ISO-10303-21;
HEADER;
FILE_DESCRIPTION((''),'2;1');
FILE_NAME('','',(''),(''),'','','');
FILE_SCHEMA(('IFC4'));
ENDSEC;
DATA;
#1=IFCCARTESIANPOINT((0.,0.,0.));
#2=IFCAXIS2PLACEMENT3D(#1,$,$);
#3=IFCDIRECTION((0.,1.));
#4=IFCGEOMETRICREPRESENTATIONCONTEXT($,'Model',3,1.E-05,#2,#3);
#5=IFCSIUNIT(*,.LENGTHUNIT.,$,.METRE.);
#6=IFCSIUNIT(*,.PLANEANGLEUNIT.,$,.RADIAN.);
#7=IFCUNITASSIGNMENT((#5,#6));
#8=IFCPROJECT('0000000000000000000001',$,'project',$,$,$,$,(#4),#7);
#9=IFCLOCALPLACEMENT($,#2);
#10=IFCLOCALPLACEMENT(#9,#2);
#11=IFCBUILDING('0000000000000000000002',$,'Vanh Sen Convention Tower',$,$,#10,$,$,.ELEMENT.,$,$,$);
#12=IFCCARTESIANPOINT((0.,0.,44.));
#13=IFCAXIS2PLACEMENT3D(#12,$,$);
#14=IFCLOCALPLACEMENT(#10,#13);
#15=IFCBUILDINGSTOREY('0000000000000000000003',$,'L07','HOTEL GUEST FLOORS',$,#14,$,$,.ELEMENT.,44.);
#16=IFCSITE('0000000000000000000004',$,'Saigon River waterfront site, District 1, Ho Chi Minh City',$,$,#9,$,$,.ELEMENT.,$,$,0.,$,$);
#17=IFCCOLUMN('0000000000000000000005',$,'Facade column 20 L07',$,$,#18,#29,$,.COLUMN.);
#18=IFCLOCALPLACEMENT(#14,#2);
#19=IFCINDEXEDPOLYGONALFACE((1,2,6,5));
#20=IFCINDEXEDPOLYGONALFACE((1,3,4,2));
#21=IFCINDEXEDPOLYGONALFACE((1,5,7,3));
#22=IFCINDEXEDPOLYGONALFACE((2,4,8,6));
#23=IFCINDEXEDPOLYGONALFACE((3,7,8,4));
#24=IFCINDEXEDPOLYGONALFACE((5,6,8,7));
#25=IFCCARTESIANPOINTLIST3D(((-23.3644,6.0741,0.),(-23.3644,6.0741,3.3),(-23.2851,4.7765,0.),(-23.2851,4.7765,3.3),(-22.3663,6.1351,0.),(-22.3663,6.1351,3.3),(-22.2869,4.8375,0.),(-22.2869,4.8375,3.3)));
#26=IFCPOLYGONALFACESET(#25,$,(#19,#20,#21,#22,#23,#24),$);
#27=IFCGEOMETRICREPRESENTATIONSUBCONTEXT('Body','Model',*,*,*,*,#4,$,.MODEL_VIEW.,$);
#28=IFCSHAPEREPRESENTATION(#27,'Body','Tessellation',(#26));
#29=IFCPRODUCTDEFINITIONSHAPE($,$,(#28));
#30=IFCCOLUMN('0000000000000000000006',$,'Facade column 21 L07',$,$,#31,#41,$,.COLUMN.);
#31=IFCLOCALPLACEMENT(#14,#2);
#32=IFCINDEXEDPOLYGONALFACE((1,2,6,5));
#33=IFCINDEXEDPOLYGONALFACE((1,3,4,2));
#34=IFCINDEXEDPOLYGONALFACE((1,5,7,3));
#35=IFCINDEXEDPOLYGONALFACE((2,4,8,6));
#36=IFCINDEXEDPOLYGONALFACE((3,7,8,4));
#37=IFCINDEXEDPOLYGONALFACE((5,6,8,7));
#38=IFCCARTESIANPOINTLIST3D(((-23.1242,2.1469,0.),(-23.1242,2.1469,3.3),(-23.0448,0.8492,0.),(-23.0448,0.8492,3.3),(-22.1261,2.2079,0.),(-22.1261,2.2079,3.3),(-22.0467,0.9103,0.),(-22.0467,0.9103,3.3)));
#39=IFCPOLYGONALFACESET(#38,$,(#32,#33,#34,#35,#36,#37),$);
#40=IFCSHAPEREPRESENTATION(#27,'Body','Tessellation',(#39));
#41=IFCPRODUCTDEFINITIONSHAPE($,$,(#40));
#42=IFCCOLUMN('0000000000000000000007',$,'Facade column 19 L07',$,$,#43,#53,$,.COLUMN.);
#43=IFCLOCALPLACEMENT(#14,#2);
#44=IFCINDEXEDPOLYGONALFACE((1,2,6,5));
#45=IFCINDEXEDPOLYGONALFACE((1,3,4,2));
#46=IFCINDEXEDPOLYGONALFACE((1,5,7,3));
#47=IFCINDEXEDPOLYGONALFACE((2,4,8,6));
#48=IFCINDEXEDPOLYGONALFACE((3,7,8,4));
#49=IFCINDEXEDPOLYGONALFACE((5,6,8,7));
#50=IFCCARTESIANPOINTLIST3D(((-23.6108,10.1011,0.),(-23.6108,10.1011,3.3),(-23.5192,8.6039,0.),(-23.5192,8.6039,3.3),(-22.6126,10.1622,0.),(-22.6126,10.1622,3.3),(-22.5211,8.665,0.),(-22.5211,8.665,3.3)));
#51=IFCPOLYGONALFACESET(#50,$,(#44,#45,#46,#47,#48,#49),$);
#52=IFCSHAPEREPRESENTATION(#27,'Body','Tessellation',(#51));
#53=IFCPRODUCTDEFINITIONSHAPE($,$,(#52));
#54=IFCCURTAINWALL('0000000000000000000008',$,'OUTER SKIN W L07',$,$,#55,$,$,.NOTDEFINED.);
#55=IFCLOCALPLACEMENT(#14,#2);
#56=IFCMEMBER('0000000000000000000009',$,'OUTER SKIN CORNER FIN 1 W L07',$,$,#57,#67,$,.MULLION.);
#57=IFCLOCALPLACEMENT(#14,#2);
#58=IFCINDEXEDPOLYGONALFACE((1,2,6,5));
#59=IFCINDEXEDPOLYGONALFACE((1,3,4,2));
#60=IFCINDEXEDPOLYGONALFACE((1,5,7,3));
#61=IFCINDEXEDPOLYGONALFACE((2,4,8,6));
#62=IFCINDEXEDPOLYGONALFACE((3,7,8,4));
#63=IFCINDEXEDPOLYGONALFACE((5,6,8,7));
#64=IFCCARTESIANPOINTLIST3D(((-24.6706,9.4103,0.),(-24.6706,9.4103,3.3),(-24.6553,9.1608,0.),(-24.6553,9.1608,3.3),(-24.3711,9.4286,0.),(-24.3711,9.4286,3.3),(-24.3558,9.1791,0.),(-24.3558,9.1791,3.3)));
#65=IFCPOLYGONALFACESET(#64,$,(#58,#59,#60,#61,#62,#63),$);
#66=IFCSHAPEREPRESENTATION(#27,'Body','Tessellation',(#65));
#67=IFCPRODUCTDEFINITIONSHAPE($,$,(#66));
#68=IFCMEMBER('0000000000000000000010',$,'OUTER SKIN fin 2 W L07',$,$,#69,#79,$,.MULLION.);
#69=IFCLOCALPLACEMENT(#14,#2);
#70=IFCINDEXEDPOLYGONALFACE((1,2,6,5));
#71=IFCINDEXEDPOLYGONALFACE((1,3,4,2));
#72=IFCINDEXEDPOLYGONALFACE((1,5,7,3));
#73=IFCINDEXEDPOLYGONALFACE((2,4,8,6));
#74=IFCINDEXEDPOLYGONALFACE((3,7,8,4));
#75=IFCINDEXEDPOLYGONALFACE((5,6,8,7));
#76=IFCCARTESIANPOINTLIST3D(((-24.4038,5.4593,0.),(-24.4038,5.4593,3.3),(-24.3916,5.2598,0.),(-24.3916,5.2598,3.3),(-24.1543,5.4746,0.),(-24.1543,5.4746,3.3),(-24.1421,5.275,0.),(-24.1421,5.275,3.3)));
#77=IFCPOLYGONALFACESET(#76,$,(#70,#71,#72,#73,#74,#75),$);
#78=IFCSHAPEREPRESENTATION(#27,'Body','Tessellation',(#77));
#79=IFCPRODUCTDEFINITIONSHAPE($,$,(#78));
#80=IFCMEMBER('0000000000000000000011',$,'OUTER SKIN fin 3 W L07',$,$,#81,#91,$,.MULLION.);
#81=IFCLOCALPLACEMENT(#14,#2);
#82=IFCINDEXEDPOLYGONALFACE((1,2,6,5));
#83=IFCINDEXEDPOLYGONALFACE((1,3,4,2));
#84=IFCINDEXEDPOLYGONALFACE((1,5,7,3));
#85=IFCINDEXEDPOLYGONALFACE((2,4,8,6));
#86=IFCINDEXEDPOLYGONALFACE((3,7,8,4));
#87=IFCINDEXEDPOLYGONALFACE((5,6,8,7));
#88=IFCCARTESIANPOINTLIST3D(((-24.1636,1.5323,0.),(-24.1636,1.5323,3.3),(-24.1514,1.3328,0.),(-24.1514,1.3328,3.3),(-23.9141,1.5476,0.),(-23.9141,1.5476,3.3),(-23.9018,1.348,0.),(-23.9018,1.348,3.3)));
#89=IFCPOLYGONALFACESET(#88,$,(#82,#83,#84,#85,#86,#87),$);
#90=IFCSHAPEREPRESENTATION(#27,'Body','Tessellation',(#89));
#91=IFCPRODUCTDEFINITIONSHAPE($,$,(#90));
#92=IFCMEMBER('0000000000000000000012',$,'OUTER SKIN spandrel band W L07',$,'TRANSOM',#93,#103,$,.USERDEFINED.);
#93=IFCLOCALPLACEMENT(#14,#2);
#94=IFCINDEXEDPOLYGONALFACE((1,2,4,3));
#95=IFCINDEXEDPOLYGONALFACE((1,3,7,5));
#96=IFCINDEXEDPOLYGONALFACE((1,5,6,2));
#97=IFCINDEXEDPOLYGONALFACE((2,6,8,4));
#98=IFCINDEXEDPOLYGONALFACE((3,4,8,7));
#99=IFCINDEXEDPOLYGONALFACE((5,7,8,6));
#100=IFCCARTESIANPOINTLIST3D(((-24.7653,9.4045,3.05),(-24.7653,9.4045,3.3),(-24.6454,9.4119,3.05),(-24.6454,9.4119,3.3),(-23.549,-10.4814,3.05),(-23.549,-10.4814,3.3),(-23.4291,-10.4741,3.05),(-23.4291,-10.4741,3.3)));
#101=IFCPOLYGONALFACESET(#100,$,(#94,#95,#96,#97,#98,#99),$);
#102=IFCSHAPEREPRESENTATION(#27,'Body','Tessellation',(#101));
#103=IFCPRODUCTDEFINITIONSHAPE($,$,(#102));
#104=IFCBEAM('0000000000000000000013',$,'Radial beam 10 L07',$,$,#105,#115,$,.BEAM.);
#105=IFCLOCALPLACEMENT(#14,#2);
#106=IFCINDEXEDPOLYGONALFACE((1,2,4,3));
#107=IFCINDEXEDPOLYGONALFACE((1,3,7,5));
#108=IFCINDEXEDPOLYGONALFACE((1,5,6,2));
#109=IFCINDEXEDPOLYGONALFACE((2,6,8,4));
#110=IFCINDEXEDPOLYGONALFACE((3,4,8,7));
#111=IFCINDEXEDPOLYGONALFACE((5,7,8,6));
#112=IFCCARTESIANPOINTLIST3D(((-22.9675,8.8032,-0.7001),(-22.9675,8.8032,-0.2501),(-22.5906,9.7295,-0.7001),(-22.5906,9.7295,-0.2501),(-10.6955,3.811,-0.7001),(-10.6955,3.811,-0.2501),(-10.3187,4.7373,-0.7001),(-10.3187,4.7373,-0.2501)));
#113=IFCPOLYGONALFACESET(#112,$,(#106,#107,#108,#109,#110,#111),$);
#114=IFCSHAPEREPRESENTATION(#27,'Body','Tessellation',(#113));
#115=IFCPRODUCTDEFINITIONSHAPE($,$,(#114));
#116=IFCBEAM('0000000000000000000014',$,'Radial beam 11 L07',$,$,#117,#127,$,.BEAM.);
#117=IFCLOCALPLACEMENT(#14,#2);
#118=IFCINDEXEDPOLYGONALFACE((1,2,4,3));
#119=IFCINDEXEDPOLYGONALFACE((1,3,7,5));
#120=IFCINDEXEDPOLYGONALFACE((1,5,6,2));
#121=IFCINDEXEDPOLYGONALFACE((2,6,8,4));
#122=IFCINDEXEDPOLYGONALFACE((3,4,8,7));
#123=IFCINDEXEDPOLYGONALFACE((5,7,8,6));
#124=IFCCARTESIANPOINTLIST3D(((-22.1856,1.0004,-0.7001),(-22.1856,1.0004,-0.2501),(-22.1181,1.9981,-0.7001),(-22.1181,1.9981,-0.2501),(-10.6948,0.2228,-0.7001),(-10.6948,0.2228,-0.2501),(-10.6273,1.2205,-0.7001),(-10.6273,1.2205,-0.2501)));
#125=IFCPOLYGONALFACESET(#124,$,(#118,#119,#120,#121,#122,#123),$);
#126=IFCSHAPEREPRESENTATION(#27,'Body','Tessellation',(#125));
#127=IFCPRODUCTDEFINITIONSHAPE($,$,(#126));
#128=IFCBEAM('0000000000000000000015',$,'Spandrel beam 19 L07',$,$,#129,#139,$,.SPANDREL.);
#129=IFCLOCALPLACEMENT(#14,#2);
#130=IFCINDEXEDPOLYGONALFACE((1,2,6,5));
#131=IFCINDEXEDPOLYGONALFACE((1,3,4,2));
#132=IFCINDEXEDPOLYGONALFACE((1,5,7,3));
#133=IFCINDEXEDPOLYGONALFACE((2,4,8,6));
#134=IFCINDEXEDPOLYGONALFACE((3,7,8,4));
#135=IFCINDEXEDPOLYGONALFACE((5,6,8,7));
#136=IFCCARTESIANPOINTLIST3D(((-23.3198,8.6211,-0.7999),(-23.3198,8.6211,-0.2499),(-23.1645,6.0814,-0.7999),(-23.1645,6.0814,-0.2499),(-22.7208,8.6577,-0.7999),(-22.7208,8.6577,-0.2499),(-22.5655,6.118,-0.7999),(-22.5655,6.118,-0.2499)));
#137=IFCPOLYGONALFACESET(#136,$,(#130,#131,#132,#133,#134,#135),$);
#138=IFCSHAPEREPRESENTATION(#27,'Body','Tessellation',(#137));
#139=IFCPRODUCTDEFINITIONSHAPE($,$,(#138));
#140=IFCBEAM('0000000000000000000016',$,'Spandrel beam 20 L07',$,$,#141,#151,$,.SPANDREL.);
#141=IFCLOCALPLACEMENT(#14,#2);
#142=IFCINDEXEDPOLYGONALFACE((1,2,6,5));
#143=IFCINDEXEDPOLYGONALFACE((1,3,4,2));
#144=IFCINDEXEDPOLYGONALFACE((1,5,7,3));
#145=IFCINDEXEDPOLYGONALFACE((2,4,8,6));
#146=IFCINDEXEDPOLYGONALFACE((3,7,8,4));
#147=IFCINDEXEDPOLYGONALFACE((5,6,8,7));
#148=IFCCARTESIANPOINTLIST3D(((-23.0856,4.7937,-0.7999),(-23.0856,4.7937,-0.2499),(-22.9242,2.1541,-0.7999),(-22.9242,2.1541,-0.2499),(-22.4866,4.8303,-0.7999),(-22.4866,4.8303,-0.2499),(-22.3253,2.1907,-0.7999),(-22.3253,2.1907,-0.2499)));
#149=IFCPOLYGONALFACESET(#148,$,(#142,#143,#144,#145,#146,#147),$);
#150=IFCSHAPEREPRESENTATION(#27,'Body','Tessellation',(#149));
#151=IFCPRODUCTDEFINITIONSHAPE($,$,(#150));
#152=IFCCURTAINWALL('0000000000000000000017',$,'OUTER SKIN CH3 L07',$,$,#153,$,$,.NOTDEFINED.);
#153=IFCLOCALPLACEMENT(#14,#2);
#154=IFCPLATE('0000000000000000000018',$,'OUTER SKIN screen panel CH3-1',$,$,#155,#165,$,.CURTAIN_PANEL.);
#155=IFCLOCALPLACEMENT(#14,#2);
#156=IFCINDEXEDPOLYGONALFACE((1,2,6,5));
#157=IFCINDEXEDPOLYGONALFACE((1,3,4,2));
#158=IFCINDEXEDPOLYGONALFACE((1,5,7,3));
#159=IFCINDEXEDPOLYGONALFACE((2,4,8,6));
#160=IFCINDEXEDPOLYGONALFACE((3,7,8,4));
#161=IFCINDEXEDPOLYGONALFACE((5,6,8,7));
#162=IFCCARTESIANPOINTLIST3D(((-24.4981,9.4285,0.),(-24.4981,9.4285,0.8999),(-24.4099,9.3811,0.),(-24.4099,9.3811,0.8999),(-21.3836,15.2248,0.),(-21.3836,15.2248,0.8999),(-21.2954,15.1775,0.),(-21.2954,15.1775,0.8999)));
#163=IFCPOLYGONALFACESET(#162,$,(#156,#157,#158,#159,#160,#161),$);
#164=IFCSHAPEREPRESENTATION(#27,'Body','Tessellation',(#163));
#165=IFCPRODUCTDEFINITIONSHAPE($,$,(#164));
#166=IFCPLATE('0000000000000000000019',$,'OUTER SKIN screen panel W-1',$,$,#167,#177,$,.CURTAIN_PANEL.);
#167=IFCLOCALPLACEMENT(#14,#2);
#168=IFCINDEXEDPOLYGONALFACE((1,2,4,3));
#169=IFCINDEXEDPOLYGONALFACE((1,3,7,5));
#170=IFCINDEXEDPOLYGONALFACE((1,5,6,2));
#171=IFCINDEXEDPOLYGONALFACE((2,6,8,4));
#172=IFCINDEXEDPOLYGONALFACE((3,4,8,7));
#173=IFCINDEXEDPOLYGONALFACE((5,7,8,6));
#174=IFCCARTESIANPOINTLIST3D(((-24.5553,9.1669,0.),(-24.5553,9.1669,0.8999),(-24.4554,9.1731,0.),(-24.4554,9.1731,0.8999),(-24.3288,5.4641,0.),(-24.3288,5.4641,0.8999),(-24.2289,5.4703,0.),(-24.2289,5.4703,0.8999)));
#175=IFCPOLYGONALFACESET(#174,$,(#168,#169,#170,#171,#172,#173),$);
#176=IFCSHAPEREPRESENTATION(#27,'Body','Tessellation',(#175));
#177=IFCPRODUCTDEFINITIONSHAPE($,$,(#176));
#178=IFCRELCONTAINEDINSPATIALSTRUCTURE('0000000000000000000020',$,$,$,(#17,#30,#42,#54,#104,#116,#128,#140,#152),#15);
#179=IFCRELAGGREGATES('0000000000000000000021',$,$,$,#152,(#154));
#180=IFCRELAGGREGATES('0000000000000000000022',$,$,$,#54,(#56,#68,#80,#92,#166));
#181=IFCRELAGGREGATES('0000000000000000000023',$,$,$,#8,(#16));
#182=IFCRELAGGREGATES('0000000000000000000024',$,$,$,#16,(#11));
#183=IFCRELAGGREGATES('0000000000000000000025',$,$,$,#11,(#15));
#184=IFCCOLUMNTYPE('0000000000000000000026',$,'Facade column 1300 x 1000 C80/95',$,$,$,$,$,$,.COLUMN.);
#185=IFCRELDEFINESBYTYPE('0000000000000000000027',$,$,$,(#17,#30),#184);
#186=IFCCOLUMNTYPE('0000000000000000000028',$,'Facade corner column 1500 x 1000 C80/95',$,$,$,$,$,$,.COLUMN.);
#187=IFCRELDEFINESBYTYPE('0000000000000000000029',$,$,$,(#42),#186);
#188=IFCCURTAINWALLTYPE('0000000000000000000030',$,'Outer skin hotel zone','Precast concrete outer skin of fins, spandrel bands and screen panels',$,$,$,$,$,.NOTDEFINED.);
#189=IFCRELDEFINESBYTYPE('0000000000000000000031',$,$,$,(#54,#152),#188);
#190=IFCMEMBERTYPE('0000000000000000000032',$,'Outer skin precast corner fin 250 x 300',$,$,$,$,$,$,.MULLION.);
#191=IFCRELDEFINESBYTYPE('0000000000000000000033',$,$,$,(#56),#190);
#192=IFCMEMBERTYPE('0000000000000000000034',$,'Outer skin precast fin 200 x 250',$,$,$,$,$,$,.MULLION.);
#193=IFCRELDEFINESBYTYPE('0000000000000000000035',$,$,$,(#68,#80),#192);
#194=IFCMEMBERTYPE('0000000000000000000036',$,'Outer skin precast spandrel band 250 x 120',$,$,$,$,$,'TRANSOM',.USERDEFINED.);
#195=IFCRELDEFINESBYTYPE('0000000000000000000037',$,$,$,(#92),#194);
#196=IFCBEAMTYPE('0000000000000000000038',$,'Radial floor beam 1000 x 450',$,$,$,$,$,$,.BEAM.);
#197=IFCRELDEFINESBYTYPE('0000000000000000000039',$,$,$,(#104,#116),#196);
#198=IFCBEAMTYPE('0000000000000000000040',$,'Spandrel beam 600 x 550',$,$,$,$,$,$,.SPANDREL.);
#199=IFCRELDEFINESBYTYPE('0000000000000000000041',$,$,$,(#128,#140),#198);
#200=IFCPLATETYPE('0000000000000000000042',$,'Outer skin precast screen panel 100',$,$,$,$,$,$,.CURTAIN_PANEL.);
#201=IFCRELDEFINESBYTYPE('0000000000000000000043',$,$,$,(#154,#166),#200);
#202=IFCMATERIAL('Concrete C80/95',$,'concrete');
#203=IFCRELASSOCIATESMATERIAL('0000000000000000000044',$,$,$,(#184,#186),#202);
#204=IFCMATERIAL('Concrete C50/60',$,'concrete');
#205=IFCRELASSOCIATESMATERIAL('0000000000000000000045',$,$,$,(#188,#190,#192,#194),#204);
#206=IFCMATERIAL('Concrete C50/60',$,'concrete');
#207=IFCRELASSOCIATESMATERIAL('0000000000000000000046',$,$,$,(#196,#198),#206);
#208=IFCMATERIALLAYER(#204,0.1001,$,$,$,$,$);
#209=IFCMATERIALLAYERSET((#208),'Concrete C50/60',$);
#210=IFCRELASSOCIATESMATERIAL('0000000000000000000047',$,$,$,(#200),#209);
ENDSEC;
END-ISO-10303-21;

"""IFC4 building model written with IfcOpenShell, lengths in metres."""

from ifc_helpers import new_model, si_unit, direction, frame, origin, origin_2d, place, context, subcontext, project, spatial, rectangle, extrude, material, layer, layer_set, material_profile, profile_set, type_object, element, aggregate, save


model = new_model("IFC4")

# Units and contexts
model_context = context("Model", 3, precision=1e-05, world=origin(), true_north=direction((0.0, 1.0)))
body_context = subcontext(model_context, "Body", "Model", "MODEL_VIEW")
ifc_project = project(units=[si_unit("LENGTHUNIT", "METRE"), si_unit("PLANEANGLEUNIT", "RADIAN")], contexts=[model_context])

# Site, building, storey
site_placement = place(None, origin())
site = spatial("IfcSite", under=ifc_project, at=site_placement, Name="Saigon River waterfront site, District 1, Ho Chi Minh City", CompositionType="ELEMENT", RefElevation=0.0)
building_placement = place(site_placement, origin())
building = spatial("IfcBuilding", under=site, at=building_placement, Name="Vanh Sen Convention Tower", CompositionType="ELEMENT")
storey_placement = place(building_placement, frame((0.0, 0.0, 44.0)))
storey = spatial("IfcBuildingStorey", under=building, at=storey_placement, Name="L07", Description="HOTEL GUEST FLOORS", CompositionType="ELEMENT", Elevation=44.0)

# Columns
ifc_material_1 = material(Name="Concrete C80/95", Category="concrete")
ifc_material_profile_1 = material_profile(ifc_material_1, rectangle(XDim=1.3, YDim=1.0, at=origin_2d()), Name="RC 1300X1000")
ifc_profile_set_1 = profile_set([ifc_material_profile_1], Name="Concrete C80/95")
column_type_1 = type_object("IfcColumnType", Name="Facade column 1300 x 1000 C80/95", PredefinedType="COLUMN", material=ifc_profile_set_1)
for number, where, z_axis, x_axis, name in (
    (1, (-22.8257, 5.4558, 0.0), (0.0, 0.0, 1.0), (0.061049, -0.998135, 0.0), "Facade column 20 L07"),
    (2, (-22.5854, 1.5286, 0.0), (0.0, 0.0, 1.0), (0.061049, -0.998135, 0.0), "Facade column 21 L07"),
):
    element("IfcColumn", number, at=place(storey_placement, frame(where, z_axis=z_axis, x_axis=x_axis)), inside=storey, type_object=column_type_1, Name=name, PredefinedType="COLUMN", context=body_context, shape_type="SweptSolid", body=[
        extrude(rectangle(XDim=1.3, YDim=1.0, at=origin_2d()), origin(), (0.0, 0.0, 1.0), 3.3),
    ])
ifc_material_profile_2 = material_profile(ifc_material_1, rectangle(XDim=1.5, YDim=1.0, at=origin_2d()), Name="RC 1500X1000")
ifc_profile_set_2 = profile_set([ifc_material_profile_2], Name="Concrete C80/95")
column_type_2 = type_object("IfcColumnType", Name="Facade corner column 1500 x 1000 C80/95", PredefinedType="COLUMN", material=ifc_profile_set_2)
column_placement = place(storey_placement, frame((-23.0659, 9.3831, 0.0), z_axis=(0.0, 0.0, 1.0), x_axis=(0.061049, -0.998135, 0.0)))
element("IfcColumn", 3, at=column_placement, inside=storey, type_object=column_type_2, Name="Facade column 19 L07", PredefinedType="COLUMN", context=body_context, shape_type="SweptSolid", body=[
    extrude(rectangle(XDim=1.5, YDim=1.0, at=origin_2d()), origin(), (0.0, 0.0, 1.0), 3.3),
])

# Curtain wall, members
ifc_material_2 = material(Name="Concrete C50/60", Category="concrete")
curtain_wall_type = type_object("IfcCurtainWallType", Name="Outer skin hotel zone", Description="Precast concrete outer skin of fins, spandrel bands and screen panels", PredefinedType="NOTDEFINED", material=ifc_material_2)
curtain_wall_1_placement = place(storey_placement, origin())
curtain_wall_1 = element("IfcCurtainWall", 4, at=curtain_wall_1_placement, inside=storey, type_object=curtain_wall_type, Name="OUTER SKIN W L07", PredefinedType="NOTDEFINED")
ifc_material_profile_3 = material_profile(ifc_material_2, rectangle(XDim=0.25, YDim=0.3, at=origin_2d()), Name="Outer skin precast corner fin 250 x 300")
ifc_profile_set_3 = profile_set([ifc_material_profile_3], Name="Concrete C50/60")
member_type_1 = type_object("IfcMemberType", Name="Outer skin precast corner fin 250 x 300", PredefinedType="MULLION", material=ifc_profile_set_3)
member_1_placement = place(storey_placement, frame((-24.5132, 9.2947, 0.0), z_axis=(0.0, 0.0, 1.0), x_axis=(0.061049, -0.998135, 0.0)))
member_1 = element("IfcMember", 5, at=member_1_placement, type_object=member_type_1, Name="OUTER SKIN CORNER FIN 1 W L07", PredefinedType="MULLION", context=body_context, shape_type="SweptSolid", body=[
    extrude(rectangle(XDim=0.25, YDim=0.3, at=origin_2d()), origin(), (0.0, 0.0, 1.0), 3.3),
])
ifc_material_profile_4 = material_profile(ifc_material_2, rectangle(XDim=0.2, YDim=0.25, at=origin_2d()), Name="Outer skin precast fin 200 x 250")
ifc_profile_set_4 = profile_set([ifc_material_profile_4], Name="Concrete C50/60")
member_type_2 = type_object("IfcMemberType", Name="Outer skin precast fin 200 x 250", PredefinedType="MULLION", material=ifc_profile_set_4)
member_2_placement = place(storey_placement, frame((-24.2729, 5.3672, 0.0), z_axis=(0.0, 0.0, 1.0), x_axis=(0.061049, -0.998135, 0.0)))
member_2 = element("IfcMember", 6, at=member_2_placement, type_object=member_type_2, Name="OUTER SKIN fin 2 W L07", PredefinedType="MULLION", context=body_context, shape_type="SweptSolid", body=[
    extrude(rectangle(XDim=0.2, YDim=0.25, at=origin_2d()), origin(), (0.0, 0.0, 1.0), 3.3),
])
member_3_placement = place(storey_placement, frame((-24.0327, 1.4402, 0.0), z_axis=(0.0, 0.0, 1.0), x_axis=(0.061049, -0.998135, 0.0)))
member_3 = element("IfcMember", 7, at=member_3_placement, type_object=member_type_2, Name="OUTER SKIN fin 3 W L07", PredefinedType="MULLION", context=body_context, shape_type="SweptSolid", body=[
    extrude(rectangle(XDim=0.2, YDim=0.25, at=origin_2d()), origin(), (0.0, 0.0, 1.0), 3.3),
])
ifc_material_profile_5 = material_profile(ifc_material_2, rectangle(XDim=0.1201, YDim=0.25, at=origin_2d()), Name="Outer skin precast spandrel band 250 x 120")
ifc_profile_set_5 = profile_set([ifc_material_profile_5], Name="Concrete C50/60")
member_type_3 = type_object("IfcMemberType", Name="Outer skin precast spandrel band 250 x 120", ElementType="TRANSOM", PredefinedType="USERDEFINED", material=ifc_profile_set_5)
member_4_placement = place(storey_placement, frame((-24.7053, 9.4082, 3.175), z_axis=(0.06105, -0.998135, 0.0), x_axis=(0.998135, 0.06105, 0.0)))
member_4 = element("IfcMember", 8, at=member_4_placement, type_object=member_type_3, Name="OUTER SKIN spandrel band W L07", ObjectType="TRANSOM", PredefinedType="USERDEFINED", context=body_context, shape_type="SweptSolid", body=[
    extrude(rectangle(XDim=0.1201, YDim=0.25, at=origin_2d()), origin(), (0.0, 0.0, 1.0), 19.9231),
])

# Beams
ifc_material_3 = material(Name="Concrete C50/60", Category="concrete")
ifc_material_profile_6 = material_profile(ifc_material_3, rectangle(XDim=1.0, YDim=0.45, at=origin_2d()), Name="RC 1000X450")
ifc_profile_set_6 = profile_set([ifc_material_profile_6], Name="Concrete C50/60")
beam_type_1 = type_object("IfcBeamType", Name="Radial floor beam 1000 x 450", PredefinedType="BEAM", material=ifc_profile_set_6)
beam_1_placement = place(storey_placement, frame((-22.7791, 9.2664, -0.4751), z_axis=(0.92629, -0.376811, 0.0), x_axis=(0.376811, 0.92629, 0.0)))
element("IfcBeam", 9, at=beam_1_placement, inside=storey, type_object=beam_type_1, Name="Radial beam 10 L07", PredefinedType="BEAM", context=body_context, shape_type="SweptSolid", body=[
    extrude(rectangle(XDim=1.0, YDim=0.45, at=origin_2d()), origin(), (0.0, 0.0, 1.0), 13.2485),
])
beam_2_placement = place(storey_placement, frame((-22.1519, 1.4993, -0.4751), z_axis=(0.997718, -0.067517, 0.0), x_axis=(0.067517, 0.997718, 0.0)))
element("IfcBeam", 10, at=beam_2_placement, inside=storey, type_object=beam_type_1, Name="Radial beam 11 L07", PredefinedType="BEAM", context=body_context, shape_type="SweptSolid", body=[
    extrude(rectangle(XDim=1.0, YDim=0.45, at=origin_2d()), origin(), (0.0, 0.0, 1.0), 11.5171),
])
ifc_material_profile_7 = material_profile(ifc_material_3, rectangle(XDim=0.6001, YDim=0.55, at=origin_2d()), Name="RC 600X550")
ifc_profile_set_7 = profile_set([ifc_material_profile_7], Name="Concrete C50/60")
beam_type_2 = type_object("IfcBeamType", Name="Spandrel beam 600 x 550", PredefinedType="SPANDREL", material=ifc_profile_set_7)
beam_3_placement = place(storey_placement, frame((-23.0203, 8.6394, -0.5249), z_axis=(0.061022, -0.998136, 0.0), x_axis=(0.998136, 0.061022, 0.0)))
element("IfcBeam", 11, at=beam_3_placement, inside=storey, type_object=beam_type_2, Name="Spandrel beam 19 L07", PredefinedType="SPANDREL", context=body_context, shape_type="SweptSolid", body=[
    extrude(rectangle(XDim=0.6001, YDim=0.55, at=origin_2d()), origin(), (0.0, 0.0, 1.0), 2.5444),
])
beam_4_placement = place(storey_placement, frame((-22.7861, 4.812, -0.5249), z_axis=(0.061022, -0.998136, 0.0), x_axis=(0.998136, 0.061022, 0.0)))
element("IfcBeam", 12, at=beam_4_placement, inside=storey, type_object=beam_type_2, Name="Spandrel beam 20 L07", PredefinedType="SPANDREL", context=body_context, shape_type="SweptSolid", body=[
    extrude(rectangle(XDim=0.6001, YDim=0.55, at=origin_2d()), origin(), (0.0, 0.0, 1.0), 2.6445),
])

# Curtain wall, plate
curtain_wall_2_placement = place(storey_placement, origin())
curtain_wall_2 = element("IfcCurtainWall", 13, at=curtain_wall_2_placement, inside=storey, type_object=curtain_wall_type, Name="OUTER SKIN CH3 L07", PredefinedType="NOTDEFINED")
ifc_layer_1 = layer(ifc_material_2, 0.1001)
ifc_layer_set_1 = layer_set([ifc_layer_1], Name="Concrete C50/60")
plate_type = type_object("IfcPlateType", Name="Outer skin precast screen panel 100", PredefinedType="CURTAIN_PANEL", material=ifc_layer_set_1)
plate_1_placement = place(storey_placement, frame((-22.8967, 12.303, 0.0), z_axis=(0.0, 0.0, 1.0), x_axis=(-0.473318, -0.880892, 0.0)))
plate_1 = element("IfcPlate", 14, at=plate_1_placement, type_object=plate_type, Name="OUTER SKIN screen panel CH3-1", PredefinedType="CURTAIN_PANEL", context=body_context, shape_type="SweptSolid", body=[
    extrude(rectangle(XDim=6.5801, YDim=0.1001, at=origin_2d()), origin(), (0.0, 0.0, 1.0), 0.8999),
])
aggregate(curtain_wall_2, [plate_1])

# Plate
plate_2_placement = place(storey_placement, frame((-24.3921, 7.3186, 0.0), z_axis=(0.0, 0.0, 1.0), x_axis=(0.061047, -0.998135, 0.0)))
plate_2 = element("IfcPlate", 15, at=plate_2_placement, type_object=plate_type, Name="OUTER SKIN screen panel W-1", PredefinedType="CURTAIN_PANEL", context=body_context, shape_type="SweptSolid", body=[
    extrude(rectangle(XDim=3.7097, YDim=0.1001, at=origin_2d()), origin(), (0.0, 0.0, 1.0), 0.8999),
])
aggregate(curtain_wall_1, [member_1, member_2, member_3, member_4, plate_2])

save(model, "model.ifc")
